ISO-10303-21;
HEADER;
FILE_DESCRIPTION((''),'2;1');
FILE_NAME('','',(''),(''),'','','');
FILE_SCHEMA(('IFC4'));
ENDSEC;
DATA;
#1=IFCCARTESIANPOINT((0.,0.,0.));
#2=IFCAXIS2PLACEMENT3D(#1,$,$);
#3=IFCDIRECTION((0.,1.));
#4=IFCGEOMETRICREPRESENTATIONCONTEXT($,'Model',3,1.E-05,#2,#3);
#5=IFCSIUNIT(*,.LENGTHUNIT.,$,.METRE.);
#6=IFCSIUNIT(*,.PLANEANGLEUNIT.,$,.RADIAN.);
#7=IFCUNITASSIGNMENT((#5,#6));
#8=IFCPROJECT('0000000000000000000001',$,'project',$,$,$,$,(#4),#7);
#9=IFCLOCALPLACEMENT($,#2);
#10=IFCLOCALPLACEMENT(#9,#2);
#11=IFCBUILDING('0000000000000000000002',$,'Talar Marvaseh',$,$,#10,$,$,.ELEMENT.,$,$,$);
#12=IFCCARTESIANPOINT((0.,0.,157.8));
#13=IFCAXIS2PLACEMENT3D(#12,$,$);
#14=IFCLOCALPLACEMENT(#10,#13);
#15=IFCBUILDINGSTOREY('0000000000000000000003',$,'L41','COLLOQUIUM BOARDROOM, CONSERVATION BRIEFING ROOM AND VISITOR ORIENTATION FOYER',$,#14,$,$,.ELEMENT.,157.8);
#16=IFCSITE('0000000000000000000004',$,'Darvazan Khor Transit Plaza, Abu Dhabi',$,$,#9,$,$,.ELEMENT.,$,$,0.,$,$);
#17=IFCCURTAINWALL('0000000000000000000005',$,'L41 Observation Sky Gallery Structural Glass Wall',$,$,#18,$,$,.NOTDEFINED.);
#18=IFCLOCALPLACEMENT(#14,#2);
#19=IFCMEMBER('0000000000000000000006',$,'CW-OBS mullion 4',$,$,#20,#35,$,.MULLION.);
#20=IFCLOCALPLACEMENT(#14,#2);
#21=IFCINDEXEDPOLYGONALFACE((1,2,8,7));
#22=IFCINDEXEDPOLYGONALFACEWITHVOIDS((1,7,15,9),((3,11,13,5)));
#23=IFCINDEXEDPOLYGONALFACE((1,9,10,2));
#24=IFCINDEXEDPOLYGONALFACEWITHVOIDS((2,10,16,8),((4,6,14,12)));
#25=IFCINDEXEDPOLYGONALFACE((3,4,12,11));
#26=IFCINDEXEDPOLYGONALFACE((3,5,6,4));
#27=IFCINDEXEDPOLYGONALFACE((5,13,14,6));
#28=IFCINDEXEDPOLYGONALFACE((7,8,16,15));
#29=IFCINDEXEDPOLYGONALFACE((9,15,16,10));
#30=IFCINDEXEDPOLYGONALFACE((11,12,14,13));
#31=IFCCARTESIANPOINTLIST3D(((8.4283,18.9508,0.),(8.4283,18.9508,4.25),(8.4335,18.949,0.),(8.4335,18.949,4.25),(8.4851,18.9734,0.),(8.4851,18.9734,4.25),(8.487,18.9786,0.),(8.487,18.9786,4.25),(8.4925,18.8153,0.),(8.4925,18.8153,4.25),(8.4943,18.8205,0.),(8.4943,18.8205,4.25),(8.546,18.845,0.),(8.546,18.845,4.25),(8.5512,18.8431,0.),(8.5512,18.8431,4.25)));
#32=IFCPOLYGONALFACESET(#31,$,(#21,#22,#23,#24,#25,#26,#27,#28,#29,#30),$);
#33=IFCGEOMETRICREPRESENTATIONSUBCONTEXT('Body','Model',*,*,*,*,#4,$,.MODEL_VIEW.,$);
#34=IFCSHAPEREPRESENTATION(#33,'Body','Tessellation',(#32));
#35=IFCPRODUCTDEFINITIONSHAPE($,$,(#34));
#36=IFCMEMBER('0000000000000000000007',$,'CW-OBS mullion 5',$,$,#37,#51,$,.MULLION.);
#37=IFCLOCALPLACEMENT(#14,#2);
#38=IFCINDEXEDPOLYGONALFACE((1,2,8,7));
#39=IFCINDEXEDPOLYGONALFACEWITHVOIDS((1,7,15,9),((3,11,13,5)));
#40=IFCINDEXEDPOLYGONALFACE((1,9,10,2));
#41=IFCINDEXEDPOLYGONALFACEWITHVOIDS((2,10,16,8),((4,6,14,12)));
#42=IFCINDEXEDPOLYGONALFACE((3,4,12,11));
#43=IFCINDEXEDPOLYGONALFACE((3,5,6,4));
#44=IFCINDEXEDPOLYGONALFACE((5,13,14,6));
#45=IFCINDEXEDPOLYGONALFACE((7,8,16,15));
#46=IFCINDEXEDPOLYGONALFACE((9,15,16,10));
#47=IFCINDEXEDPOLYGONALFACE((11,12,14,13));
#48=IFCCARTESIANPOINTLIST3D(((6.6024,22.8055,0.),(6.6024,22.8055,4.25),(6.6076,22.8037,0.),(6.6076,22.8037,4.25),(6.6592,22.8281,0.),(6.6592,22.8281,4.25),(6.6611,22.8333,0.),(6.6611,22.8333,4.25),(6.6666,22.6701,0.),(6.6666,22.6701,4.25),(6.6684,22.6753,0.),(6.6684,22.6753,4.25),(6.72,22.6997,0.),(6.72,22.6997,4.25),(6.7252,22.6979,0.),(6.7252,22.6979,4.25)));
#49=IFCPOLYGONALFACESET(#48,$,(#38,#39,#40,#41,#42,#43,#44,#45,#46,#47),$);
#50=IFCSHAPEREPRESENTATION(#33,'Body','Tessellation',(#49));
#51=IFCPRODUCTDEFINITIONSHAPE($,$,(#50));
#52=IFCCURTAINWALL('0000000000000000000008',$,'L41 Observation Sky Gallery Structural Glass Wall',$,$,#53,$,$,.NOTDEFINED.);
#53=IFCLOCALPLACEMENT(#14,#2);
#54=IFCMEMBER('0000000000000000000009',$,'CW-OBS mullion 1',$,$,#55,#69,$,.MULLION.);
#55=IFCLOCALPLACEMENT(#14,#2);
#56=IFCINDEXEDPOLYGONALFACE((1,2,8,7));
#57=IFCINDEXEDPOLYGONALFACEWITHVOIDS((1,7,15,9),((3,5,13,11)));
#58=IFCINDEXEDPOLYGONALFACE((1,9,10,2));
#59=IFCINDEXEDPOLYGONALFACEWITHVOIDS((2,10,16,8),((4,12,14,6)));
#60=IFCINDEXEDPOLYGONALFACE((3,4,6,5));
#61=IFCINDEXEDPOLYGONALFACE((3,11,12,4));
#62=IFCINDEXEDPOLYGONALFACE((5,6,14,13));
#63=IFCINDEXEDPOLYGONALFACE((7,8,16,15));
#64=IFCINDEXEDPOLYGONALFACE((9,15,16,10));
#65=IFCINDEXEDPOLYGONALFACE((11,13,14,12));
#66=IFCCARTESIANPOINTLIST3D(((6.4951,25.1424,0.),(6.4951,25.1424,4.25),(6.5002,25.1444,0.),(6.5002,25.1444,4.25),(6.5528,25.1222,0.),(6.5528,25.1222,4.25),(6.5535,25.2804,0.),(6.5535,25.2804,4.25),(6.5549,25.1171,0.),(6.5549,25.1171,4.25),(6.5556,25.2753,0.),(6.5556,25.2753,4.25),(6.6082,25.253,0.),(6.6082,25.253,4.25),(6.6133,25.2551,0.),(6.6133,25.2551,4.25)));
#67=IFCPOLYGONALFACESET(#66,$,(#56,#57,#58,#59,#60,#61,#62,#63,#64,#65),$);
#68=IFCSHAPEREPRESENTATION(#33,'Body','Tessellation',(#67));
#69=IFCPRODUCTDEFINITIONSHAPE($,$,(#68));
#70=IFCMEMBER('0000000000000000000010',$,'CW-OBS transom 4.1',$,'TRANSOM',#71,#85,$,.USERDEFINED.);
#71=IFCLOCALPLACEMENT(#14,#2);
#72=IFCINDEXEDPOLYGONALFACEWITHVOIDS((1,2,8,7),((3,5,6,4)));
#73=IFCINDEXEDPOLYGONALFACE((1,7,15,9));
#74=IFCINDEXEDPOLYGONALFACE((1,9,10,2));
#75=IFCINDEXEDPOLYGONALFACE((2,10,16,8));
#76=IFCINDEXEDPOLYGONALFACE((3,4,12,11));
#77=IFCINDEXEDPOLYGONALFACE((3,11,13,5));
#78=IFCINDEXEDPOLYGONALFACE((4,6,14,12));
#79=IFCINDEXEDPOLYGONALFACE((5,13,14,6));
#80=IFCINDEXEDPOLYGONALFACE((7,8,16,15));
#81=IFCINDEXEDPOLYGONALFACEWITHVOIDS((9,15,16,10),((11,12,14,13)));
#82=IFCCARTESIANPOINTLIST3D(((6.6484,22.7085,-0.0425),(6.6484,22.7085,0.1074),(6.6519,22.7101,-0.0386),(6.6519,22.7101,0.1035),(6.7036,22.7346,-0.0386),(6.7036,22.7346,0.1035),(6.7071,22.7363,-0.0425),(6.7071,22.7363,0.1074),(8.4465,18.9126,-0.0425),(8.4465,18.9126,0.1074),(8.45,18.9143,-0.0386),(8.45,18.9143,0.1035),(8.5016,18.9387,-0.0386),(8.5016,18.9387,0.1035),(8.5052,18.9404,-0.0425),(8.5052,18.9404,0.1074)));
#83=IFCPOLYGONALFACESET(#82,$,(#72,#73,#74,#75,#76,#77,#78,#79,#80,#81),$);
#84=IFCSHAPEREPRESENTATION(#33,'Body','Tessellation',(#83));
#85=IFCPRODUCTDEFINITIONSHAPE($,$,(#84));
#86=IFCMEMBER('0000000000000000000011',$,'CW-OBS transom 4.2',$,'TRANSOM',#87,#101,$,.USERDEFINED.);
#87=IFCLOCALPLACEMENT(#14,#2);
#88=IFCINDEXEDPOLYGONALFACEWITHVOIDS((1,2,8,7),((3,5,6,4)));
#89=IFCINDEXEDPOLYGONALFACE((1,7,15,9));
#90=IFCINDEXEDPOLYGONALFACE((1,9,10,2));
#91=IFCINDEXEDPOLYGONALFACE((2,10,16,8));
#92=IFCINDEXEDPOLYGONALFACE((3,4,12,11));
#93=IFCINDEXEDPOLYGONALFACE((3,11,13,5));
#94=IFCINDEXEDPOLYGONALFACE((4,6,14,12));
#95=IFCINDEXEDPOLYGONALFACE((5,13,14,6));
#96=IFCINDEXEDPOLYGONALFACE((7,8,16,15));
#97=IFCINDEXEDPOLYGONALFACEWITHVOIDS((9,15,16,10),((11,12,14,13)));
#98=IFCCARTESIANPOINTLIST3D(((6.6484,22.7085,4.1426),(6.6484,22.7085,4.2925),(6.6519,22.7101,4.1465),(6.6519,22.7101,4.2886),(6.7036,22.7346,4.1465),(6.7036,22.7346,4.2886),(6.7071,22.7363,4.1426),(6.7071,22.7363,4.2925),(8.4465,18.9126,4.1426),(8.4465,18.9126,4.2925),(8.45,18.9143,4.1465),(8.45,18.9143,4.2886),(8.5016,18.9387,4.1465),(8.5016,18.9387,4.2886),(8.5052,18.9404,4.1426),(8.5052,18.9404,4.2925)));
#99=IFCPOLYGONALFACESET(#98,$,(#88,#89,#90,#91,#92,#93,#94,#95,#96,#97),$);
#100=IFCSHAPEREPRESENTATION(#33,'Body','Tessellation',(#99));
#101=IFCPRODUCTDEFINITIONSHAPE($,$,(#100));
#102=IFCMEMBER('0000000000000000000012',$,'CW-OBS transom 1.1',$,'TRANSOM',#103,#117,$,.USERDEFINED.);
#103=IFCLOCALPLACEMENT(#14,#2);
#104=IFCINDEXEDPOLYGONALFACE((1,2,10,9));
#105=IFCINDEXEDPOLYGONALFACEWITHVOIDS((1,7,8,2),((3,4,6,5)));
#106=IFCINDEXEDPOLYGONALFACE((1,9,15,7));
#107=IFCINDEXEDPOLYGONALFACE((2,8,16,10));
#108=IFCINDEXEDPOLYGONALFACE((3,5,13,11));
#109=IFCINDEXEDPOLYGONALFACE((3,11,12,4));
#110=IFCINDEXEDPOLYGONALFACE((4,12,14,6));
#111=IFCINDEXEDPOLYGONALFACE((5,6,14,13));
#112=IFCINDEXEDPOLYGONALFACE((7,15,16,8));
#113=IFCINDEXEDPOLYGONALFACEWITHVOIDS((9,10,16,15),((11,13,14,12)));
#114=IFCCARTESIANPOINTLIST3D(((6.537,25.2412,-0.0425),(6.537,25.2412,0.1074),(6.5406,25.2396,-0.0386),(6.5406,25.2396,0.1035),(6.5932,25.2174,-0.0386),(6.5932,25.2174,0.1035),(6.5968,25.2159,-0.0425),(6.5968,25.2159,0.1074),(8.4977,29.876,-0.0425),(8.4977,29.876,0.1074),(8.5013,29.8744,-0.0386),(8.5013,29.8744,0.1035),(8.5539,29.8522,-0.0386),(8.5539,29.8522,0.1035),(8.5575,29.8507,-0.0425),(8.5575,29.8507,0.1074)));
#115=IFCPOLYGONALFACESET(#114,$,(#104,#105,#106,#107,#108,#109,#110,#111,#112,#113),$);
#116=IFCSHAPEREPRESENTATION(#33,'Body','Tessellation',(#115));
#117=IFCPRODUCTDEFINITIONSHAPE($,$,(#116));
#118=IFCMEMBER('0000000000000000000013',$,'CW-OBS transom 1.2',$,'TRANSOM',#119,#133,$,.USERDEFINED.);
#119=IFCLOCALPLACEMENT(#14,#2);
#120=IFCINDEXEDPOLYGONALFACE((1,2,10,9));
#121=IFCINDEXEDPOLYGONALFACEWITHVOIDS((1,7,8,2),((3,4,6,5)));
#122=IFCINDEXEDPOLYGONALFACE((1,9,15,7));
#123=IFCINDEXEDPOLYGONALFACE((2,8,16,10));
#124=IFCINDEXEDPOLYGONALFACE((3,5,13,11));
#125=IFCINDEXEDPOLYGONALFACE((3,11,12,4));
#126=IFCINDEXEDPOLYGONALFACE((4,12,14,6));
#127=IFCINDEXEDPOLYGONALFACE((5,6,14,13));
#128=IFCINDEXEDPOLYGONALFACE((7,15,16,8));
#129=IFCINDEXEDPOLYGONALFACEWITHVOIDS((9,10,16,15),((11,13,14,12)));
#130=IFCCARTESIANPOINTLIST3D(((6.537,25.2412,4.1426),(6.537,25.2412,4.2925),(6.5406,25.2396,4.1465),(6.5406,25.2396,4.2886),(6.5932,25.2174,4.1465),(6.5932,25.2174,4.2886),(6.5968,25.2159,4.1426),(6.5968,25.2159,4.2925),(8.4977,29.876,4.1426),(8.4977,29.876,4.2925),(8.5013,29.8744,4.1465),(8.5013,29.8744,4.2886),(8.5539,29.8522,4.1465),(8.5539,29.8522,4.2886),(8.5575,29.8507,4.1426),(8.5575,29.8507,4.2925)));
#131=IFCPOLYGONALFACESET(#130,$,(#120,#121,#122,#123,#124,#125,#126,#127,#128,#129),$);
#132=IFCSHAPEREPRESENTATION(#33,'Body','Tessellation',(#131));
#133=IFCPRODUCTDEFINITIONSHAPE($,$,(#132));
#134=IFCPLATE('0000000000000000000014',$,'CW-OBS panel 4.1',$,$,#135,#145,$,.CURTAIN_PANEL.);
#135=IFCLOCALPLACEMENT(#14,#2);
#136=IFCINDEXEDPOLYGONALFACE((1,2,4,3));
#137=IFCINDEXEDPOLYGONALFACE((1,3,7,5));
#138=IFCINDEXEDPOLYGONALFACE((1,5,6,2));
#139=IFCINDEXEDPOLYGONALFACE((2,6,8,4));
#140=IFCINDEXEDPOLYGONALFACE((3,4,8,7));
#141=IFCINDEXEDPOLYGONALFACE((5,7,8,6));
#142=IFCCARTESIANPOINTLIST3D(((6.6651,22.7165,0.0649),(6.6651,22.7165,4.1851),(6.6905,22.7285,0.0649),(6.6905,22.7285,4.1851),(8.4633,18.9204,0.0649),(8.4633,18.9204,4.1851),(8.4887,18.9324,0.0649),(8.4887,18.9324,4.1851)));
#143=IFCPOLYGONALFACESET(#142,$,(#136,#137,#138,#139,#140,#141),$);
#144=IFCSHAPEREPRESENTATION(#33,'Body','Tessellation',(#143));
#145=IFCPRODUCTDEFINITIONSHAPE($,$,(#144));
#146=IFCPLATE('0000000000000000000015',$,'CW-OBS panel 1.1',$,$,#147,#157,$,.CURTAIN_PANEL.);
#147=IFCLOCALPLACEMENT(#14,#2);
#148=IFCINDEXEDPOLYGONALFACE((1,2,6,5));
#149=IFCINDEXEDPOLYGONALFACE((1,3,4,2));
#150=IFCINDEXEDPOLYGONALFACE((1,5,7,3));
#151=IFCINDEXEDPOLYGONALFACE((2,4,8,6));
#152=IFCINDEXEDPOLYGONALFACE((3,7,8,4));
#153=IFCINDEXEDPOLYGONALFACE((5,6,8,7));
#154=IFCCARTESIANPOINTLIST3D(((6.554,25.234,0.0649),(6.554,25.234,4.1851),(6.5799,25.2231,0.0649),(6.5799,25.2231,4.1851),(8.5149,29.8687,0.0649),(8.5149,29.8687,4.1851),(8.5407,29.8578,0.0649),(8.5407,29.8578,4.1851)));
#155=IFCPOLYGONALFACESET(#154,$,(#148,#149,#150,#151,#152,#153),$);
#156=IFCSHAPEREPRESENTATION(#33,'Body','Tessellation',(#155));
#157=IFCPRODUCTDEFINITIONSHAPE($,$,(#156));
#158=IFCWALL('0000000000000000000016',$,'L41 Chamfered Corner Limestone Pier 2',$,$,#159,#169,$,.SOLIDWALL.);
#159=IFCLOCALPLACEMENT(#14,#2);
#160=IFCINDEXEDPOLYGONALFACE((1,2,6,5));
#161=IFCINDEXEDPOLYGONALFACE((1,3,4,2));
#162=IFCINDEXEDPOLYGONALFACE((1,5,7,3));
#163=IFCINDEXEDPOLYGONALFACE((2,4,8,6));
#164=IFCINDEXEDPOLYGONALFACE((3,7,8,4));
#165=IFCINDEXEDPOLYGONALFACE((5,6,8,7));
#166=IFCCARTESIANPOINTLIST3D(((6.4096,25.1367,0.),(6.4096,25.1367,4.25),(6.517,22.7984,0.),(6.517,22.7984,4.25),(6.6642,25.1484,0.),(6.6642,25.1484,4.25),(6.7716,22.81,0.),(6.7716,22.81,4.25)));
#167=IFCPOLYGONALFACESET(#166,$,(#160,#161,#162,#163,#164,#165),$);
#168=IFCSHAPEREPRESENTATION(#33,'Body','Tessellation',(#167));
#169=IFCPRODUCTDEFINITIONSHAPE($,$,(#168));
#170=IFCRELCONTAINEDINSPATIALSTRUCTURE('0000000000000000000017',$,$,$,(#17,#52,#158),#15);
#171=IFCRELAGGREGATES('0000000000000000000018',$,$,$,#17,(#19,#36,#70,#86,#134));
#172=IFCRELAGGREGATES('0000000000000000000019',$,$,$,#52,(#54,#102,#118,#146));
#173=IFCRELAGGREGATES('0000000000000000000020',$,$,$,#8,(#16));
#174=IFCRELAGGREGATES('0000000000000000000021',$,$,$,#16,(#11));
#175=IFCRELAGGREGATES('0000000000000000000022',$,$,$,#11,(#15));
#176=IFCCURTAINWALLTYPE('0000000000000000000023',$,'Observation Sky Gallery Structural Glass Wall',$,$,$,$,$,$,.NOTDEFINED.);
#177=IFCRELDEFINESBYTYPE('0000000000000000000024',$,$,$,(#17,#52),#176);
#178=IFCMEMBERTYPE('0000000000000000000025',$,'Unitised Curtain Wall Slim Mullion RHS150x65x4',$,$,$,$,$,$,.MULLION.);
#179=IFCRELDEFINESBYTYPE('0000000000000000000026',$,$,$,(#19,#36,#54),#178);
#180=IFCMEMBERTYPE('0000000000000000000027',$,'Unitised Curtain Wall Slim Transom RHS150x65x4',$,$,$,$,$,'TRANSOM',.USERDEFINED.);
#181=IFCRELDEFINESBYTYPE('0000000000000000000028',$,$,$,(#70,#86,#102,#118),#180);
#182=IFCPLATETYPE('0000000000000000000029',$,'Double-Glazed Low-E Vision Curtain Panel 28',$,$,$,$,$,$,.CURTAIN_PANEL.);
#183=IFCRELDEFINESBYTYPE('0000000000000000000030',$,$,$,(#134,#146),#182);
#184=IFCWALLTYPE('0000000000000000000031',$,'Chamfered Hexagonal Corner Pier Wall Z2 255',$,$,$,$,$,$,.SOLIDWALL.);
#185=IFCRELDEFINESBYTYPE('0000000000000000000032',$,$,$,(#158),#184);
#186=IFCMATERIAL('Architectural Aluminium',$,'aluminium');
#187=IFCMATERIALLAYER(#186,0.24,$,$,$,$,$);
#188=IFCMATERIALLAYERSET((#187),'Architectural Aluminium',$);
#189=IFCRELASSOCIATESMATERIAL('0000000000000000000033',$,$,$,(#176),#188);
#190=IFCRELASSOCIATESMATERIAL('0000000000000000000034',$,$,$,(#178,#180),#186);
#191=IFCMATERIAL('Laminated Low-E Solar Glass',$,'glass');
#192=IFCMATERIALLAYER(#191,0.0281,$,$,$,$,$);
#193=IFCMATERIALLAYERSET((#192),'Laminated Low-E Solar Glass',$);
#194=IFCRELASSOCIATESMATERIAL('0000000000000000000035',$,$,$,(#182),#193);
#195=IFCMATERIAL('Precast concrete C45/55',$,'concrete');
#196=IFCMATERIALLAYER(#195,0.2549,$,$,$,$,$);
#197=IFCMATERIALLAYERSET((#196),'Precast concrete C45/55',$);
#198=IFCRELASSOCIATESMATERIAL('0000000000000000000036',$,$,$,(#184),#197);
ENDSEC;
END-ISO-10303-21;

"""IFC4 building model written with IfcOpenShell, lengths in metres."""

from ifc_helpers import new_model, si_unit, direction, frame, frame_2d, origin, origin_2d, place, context, subcontext, project, spatial, rectangle, hollow_rectangle, extrude, source, transform, mapped, material, layer, layer_set, material_profile, profile_set, type_object, type_shapes, element, aggregate, save


model = new_model("IFC4")

# Units and contexts
model_context = context("Model", 3, precision=1e-05, world=origin(), true_north=direction((0.0, 1.0)))
body_context = subcontext(model_context, "Body", "Model", "MODEL_VIEW")
ifc_project = project(units=[si_unit("LENGTHUNIT", "METRE"), si_unit("PLANEANGLEUNIT", "RADIAN")], contexts=[model_context])

# Site, building, storey
site_placement = place(None, origin())
site = spatial("IfcSite", under=ifc_project, at=site_placement, Name="Darvazan Khor Transit Plaza, Abu Dhabi", CompositionType="ELEMENT", RefElevation=0.0)
building_placement = place(site_placement, origin())
building = spatial("IfcBuilding", under=site, at=building_placement, Name="Talar Marvaseh", CompositionType="ELEMENT")
storey_placement = place(building_placement, frame((0.0, 0.0, 157.8)))
storey = spatial("IfcBuildingStorey", under=building, at=storey_placement, Name="L41", Description="COLLOQUIUM BOARDROOM, CONSERVATION BRIEFING ROOM AND VISITOR ORIENTATION FOYER", CompositionType="ELEMENT", Elevation=157.8)

# Curtain wall, members
ifc_material_1 = material(Name="Architectural Aluminium", Category="aluminium")
ifc_layer_1 = layer(ifc_material_1, 0.24)
ifc_layer_set_1 = layer_set([ifc_layer_1], Name="Architectural Aluminium")
curtain_wall_type = type_object("IfcCurtainWallType", Name="Observation Sky Gallery Structural Glass Wall", PredefinedType="NOTDEFINED", material=ifc_layer_set_1)
curtain_wall_1_placement = place(storey_placement, origin())
curtain_wall_1 = element("IfcCurtainWall", 1, at=curtain_wall_1_placement, inside=storey, type_object=curtain_wall_type, Name="L41 Observation Sky Gallery Structural Glass Wall", PredefinedType="NOTDEFINED")
ifc_material_profile_1 = material_profile(ifc_material_1, hollow_rectangle(XDim=0.0649, YDim=0.1499, WallThickness=0.0039, at=origin_2d()), Name="RHS150x65x4")
ifc_profile_set_1 = profile_set([ifc_material_profile_1], Name="Architectural Aluminium")
member_type_1 = type_object("IfcMemberType", Name="Unitised Curtain Wall Slim Mullion RHS150x65x4", PredefinedType="MULLION", material=ifc_profile_set_1)
shared_shape_1 = source(origin(), body_context, "Body", "SweptSolid", [
    extrude(hollow_rectangle(XDim=0.0649, YDim=0.1499, WallThickness=0.0039, at=origin_2d()), origin(), (0.0, 0.0, 1.0), 4.25),
])
type_shapes(member_type_1, [shared_shape_1])
member_1_placement = place(storey_placement, frame((8.4897, 18.897, 0.0), z_axis=(0.0, 0.0, 1.0), x_axis=(-0.903737, -0.428089, 0.0)))
member_1 = element("IfcMember", 2, at=member_1_placement, type_object=member_type_1, Name="CW-OBS mullion 4", PredefinedType="MULLION", context=body_context, shape_type="MappedRepresentation", body=[
    mapped(shared_shape_1, transform((0.0, 0.0, 0.0), x_axis=(1.0, 0.0, 0.0), y_axis=(0.0, 1.0, 0.0), z_axis=(0.0, 0.0, 1.0), scale=1.0)),
])
member_2_placement = place(storey_placement, frame((6.6638, 22.7517, 0.0), z_axis=(0.0, 0.0, 1.0), x_axis=(-0.903737, -0.428089, 0.0)))
member_2 = element("IfcMember", 3, at=member_2_placement, type_object=member_type_1, Name="CW-OBS mullion 5", PredefinedType="MULLION", context=body_context, shape_type="MappedRepresentation", body=[
    mapped(shared_shape_1, transform((0.0, 0.0, 0.0), x_axis=(1.0, 0.0, 0.0), y_axis=(0.0, 1.0, 0.0), z_axis=(0.0, 0.0, 1.0), scale=1.0)),
])

# Curtain wall, member
curtain_wall_2_placement = place(storey_placement, origin())
curtain_wall_2 = element("IfcCurtainWall", 4, at=curtain_wall_2_placement, inside=storey, type_object=curtain_wall_type, Name="L41 Observation Sky Gallery Structural Glass Wall", PredefinedType="NOTDEFINED")
member_3_placement = place(storey_placement, frame((6.5542, 25.1987, 0.0), z_axis=(0.0, 0.0, 1.0), x_axis=(-0.920967, 0.38964, 0.0)))
member_3 = element("IfcMember", 5, at=member_3_placement, type_object=member_type_1, Name="CW-OBS mullion 1", PredefinedType="MULLION", context=body_context, shape_type="MappedRepresentation", body=[
    mapped(shared_shape_1, transform((0.0, 0.0, 0.0), x_axis=(1.0, 0.0, 0.0), y_axis=(0.0, 1.0, 0.0), z_axis=(0.0, 0.0, 1.0), scale=1.0)),
])

# Members
ifc_material_profile_2 = material_profile(ifc_material_1, hollow_rectangle(XDim=0.0649, YDim=0.1499, WallThickness=0.0039, at=origin_2d()), Name="RHS150x65x4")
ifc_profile_set_2 = profile_set([ifc_material_profile_2], Name="Architectural Aluminium")
member_type_2 = type_object("IfcMemberType", Name="Unitised Curtain Wall Slim Transom RHS150x65x4", ElementType="TRANSOM", PredefinedType="USERDEFINED", material=ifc_profile_set_2)
shared_shape_2 = source(origin(), body_context, "Body", "SweptSolid", [
    extrude(hollow_rectangle(XDim=0.0649, YDim=0.1499, WallThickness=0.0039, at=origin_2d()), origin(), (0.0, 0.0, 1.0), 4.2002),
])
member_4_placement = place(storey_placement, frame((8.4758, 18.9265, 0.0325), z_axis=(-0.428094, 0.903734, 0.0), x_axis=(-0.903734, -0.428094, 0.0)))
member_4 = element("IfcMember", 6, at=member_4_placement, type_object=member_type_2, Name="CW-OBS transom 4.1", ObjectType="TRANSOM", PredefinedType="USERDEFINED", context=body_context, shape_type="MappedRepresentation", body=[
    mapped(shared_shape_2, transform((0.0, 0.0, 0.0), x_axis=(1.0, 0.0, 0.0), y_axis=(0.0, 1.0, 0.0), z_axis=(0.0, 0.0, 1.0), scale=1.0)),
])
member_5_placement = place(storey_placement, frame((8.4758, 18.9265, 4.2175), z_axis=(-0.428094, 0.903734, 0.0), x_axis=(-0.903734, -0.428094, 0.0)))
member_5 = element("IfcMember", 7, at=member_5_placement, type_object=member_type_2, Name="CW-OBS transom 4.2", ObjectType="TRANSOM", PredefinedType="USERDEFINED", context=body_context, shape_type="MappedRepresentation", body=[
    mapped(shared_shape_2, transform((0.0, 0.0, 0.0), x_axis=(1.0, 0.0, 0.0), y_axis=(0.0, 1.0, 0.0), z_axis=(0.0, 0.0, 1.0), scale=1.0)),
])
shared_shape_3 = source(origin(), body_context, "Body", "SweptSolid", [
    extrude(hollow_rectangle(XDim=0.0649, YDim=0.1499, WallThickness=0.0039, at=origin_2d()), origin(), (0.0, 0.0, 1.0), 5.0325),
])
type_shapes(member_type_2, [shared_shape_2, shared_shape_3])
member_6_placement = place(storey_placement, frame((6.5669, 25.2285, 0.0325), z_axis=(0.389612, 0.920979, 0.0), x_axis=(-0.920979, 0.389612, 0.0)))
member_6 = element("IfcMember", 8, at=member_6_placement, type_object=member_type_2, Name="CW-OBS transom 1.1", ObjectType="TRANSOM", PredefinedType="USERDEFINED", context=body_context, shape_type="MappedRepresentation", body=[
    mapped(shared_shape_3, transform((0.0, 0.0, 0.0), x_axis=(1.0, 0.0, 0.0), y_axis=(0.0, 1.0, 0.0), z_axis=(0.0, 0.0, 1.0), scale=1.0)),
])
member_7_placement = place(storey_placement, frame((6.5669, 25.2285, 4.2175), z_axis=(0.389612, 0.920979, 0.0), x_axis=(-0.920979, 0.389612, 0.0)))
member_7 = element("IfcMember", 9, at=member_7_placement, type_object=member_type_2, Name="CW-OBS transom 1.2", ObjectType="TRANSOM", PredefinedType="USERDEFINED", context=body_context, shape_type="MappedRepresentation", body=[
    mapped(shared_shape_3, transform((0.0, 0.0, 0.0), x_axis=(1.0, 0.0, 0.0), y_axis=(0.0, 1.0, 0.0), z_axis=(0.0, 0.0, 1.0), scale=1.0)),
])

# Plates
ifc_material_2 = material(Name="Laminated Low-E Solar Glass", Category="glass")
ifc_layer_2 = layer(ifc_material_2, 0.0281)
ifc_layer_set_2 = layer_set([ifc_layer_2], Name="Laminated Low-E Solar Glass")
plate_type = type_object("IfcPlateType", Name="Double-Glazed Low-E Vision Curtain Panel 28", PredefinedType="CURTAIN_PANEL", material=ifc_layer_set_2)
shared_shape_4 = source(origin(), body_context, "Body", "SweptSolid", [
    extrude(rectangle(XDim=4.2004, YDim=0.0281, at=origin_2d()), origin(), (0.0, 0.0, 1.0), 4.1201),
])
plate_1_placement = place(storey_placement, frame((7.5769, 20.8245, 0.0649), z_axis=(0.0, 0.0, 1.0), x_axis=(-0.428089, 0.903737, 0.0)))
plate_1 = element("IfcPlate", 10, at=plate_1_placement, type_object=plate_type, Name="CW-OBS panel 4.1", PredefinedType="CURTAIN_PANEL", context=body_context, shape_type="MappedRepresentation", body=[
    mapped(shared_shape_4, transform((0.0, 0.0, 0.0), x_axis=(1.0, 0.0, 0.0), y_axis=(0.0, 1.0, 0.0), z_axis=(0.0, 0.0, 1.0), scale=1.0)),
])
aggregate(curtain_wall_1, [member_1, member_2, member_4, member_5, plate_1])
shared_shape_5 = source(origin(), body_context, "Body", "SweptSolid", [
    extrude(rectangle(XDim=5.0325, YDim=0.0281, at=origin_2d()), origin(), (0.0, 0.0, 1.0), 4.1201),
])
type_shapes(plate_type, [shared_shape_4, shared_shape_5])
plate_2_placement = place(storey_placement, frame((7.5474, 27.5459, 0.0649), z_axis=(0.0, 0.0, 1.0), x_axis=(0.38964, 0.920967, 0.0)))
plate_2 = element("IfcPlate", 11, at=plate_2_placement, type_object=plate_type, Name="CW-OBS panel 1.1", PredefinedType="CURTAIN_PANEL", context=body_context, shape_type="MappedRepresentation", body=[
    mapped(shared_shape_5, transform((0.0, 0.0, 0.0), x_axis=(1.0, 0.0, 0.0), y_axis=(0.0, 1.0, 0.0), z_axis=(0.0, 0.0, 1.0), scale=1.0)),
])
aggregate(curtain_wall_2, [member_3, member_6, member_7, plate_2])

# Wall
ifc_material_3 = material(Name="Precast concrete C45/55", Category="concrete")
ifc_layer_3 = layer(ifc_material_3, 0.2549)
ifc_layer_set_3 = layer_set([ifc_layer_3], Name="Precast concrete C45/55")
wall_type_1 = type_object("IfcWallType", Name="Chamfered Hexagonal Corner Pier Wall Z2 255", PredefinedType="SOLIDWALL", material=ifc_layer_set_3)
wall_1_placement = place(storey_placement, frame((6.6443, 22.8042, 0.0), z_axis=(0.0, 0.0, 1.0), x_axis=(-0.04589, 0.998946, 0.0)))
element("IfcWall", 12, at=wall_1_placement, inside=storey, type_object=wall_type_1, Name="L41 Chamfered Corner Limestone Pier 2", PredefinedType="SOLIDWALL", context=body_context, shape_type="SweptSolid", body=[
    extrude(rectangle(XDim=2.3408, YDim=0.2549, at=frame_2d((1.1704, 0.0))), origin(), (0.0, 0.0, 1.0), 4.25),
])

save(model, "model.ifc")
